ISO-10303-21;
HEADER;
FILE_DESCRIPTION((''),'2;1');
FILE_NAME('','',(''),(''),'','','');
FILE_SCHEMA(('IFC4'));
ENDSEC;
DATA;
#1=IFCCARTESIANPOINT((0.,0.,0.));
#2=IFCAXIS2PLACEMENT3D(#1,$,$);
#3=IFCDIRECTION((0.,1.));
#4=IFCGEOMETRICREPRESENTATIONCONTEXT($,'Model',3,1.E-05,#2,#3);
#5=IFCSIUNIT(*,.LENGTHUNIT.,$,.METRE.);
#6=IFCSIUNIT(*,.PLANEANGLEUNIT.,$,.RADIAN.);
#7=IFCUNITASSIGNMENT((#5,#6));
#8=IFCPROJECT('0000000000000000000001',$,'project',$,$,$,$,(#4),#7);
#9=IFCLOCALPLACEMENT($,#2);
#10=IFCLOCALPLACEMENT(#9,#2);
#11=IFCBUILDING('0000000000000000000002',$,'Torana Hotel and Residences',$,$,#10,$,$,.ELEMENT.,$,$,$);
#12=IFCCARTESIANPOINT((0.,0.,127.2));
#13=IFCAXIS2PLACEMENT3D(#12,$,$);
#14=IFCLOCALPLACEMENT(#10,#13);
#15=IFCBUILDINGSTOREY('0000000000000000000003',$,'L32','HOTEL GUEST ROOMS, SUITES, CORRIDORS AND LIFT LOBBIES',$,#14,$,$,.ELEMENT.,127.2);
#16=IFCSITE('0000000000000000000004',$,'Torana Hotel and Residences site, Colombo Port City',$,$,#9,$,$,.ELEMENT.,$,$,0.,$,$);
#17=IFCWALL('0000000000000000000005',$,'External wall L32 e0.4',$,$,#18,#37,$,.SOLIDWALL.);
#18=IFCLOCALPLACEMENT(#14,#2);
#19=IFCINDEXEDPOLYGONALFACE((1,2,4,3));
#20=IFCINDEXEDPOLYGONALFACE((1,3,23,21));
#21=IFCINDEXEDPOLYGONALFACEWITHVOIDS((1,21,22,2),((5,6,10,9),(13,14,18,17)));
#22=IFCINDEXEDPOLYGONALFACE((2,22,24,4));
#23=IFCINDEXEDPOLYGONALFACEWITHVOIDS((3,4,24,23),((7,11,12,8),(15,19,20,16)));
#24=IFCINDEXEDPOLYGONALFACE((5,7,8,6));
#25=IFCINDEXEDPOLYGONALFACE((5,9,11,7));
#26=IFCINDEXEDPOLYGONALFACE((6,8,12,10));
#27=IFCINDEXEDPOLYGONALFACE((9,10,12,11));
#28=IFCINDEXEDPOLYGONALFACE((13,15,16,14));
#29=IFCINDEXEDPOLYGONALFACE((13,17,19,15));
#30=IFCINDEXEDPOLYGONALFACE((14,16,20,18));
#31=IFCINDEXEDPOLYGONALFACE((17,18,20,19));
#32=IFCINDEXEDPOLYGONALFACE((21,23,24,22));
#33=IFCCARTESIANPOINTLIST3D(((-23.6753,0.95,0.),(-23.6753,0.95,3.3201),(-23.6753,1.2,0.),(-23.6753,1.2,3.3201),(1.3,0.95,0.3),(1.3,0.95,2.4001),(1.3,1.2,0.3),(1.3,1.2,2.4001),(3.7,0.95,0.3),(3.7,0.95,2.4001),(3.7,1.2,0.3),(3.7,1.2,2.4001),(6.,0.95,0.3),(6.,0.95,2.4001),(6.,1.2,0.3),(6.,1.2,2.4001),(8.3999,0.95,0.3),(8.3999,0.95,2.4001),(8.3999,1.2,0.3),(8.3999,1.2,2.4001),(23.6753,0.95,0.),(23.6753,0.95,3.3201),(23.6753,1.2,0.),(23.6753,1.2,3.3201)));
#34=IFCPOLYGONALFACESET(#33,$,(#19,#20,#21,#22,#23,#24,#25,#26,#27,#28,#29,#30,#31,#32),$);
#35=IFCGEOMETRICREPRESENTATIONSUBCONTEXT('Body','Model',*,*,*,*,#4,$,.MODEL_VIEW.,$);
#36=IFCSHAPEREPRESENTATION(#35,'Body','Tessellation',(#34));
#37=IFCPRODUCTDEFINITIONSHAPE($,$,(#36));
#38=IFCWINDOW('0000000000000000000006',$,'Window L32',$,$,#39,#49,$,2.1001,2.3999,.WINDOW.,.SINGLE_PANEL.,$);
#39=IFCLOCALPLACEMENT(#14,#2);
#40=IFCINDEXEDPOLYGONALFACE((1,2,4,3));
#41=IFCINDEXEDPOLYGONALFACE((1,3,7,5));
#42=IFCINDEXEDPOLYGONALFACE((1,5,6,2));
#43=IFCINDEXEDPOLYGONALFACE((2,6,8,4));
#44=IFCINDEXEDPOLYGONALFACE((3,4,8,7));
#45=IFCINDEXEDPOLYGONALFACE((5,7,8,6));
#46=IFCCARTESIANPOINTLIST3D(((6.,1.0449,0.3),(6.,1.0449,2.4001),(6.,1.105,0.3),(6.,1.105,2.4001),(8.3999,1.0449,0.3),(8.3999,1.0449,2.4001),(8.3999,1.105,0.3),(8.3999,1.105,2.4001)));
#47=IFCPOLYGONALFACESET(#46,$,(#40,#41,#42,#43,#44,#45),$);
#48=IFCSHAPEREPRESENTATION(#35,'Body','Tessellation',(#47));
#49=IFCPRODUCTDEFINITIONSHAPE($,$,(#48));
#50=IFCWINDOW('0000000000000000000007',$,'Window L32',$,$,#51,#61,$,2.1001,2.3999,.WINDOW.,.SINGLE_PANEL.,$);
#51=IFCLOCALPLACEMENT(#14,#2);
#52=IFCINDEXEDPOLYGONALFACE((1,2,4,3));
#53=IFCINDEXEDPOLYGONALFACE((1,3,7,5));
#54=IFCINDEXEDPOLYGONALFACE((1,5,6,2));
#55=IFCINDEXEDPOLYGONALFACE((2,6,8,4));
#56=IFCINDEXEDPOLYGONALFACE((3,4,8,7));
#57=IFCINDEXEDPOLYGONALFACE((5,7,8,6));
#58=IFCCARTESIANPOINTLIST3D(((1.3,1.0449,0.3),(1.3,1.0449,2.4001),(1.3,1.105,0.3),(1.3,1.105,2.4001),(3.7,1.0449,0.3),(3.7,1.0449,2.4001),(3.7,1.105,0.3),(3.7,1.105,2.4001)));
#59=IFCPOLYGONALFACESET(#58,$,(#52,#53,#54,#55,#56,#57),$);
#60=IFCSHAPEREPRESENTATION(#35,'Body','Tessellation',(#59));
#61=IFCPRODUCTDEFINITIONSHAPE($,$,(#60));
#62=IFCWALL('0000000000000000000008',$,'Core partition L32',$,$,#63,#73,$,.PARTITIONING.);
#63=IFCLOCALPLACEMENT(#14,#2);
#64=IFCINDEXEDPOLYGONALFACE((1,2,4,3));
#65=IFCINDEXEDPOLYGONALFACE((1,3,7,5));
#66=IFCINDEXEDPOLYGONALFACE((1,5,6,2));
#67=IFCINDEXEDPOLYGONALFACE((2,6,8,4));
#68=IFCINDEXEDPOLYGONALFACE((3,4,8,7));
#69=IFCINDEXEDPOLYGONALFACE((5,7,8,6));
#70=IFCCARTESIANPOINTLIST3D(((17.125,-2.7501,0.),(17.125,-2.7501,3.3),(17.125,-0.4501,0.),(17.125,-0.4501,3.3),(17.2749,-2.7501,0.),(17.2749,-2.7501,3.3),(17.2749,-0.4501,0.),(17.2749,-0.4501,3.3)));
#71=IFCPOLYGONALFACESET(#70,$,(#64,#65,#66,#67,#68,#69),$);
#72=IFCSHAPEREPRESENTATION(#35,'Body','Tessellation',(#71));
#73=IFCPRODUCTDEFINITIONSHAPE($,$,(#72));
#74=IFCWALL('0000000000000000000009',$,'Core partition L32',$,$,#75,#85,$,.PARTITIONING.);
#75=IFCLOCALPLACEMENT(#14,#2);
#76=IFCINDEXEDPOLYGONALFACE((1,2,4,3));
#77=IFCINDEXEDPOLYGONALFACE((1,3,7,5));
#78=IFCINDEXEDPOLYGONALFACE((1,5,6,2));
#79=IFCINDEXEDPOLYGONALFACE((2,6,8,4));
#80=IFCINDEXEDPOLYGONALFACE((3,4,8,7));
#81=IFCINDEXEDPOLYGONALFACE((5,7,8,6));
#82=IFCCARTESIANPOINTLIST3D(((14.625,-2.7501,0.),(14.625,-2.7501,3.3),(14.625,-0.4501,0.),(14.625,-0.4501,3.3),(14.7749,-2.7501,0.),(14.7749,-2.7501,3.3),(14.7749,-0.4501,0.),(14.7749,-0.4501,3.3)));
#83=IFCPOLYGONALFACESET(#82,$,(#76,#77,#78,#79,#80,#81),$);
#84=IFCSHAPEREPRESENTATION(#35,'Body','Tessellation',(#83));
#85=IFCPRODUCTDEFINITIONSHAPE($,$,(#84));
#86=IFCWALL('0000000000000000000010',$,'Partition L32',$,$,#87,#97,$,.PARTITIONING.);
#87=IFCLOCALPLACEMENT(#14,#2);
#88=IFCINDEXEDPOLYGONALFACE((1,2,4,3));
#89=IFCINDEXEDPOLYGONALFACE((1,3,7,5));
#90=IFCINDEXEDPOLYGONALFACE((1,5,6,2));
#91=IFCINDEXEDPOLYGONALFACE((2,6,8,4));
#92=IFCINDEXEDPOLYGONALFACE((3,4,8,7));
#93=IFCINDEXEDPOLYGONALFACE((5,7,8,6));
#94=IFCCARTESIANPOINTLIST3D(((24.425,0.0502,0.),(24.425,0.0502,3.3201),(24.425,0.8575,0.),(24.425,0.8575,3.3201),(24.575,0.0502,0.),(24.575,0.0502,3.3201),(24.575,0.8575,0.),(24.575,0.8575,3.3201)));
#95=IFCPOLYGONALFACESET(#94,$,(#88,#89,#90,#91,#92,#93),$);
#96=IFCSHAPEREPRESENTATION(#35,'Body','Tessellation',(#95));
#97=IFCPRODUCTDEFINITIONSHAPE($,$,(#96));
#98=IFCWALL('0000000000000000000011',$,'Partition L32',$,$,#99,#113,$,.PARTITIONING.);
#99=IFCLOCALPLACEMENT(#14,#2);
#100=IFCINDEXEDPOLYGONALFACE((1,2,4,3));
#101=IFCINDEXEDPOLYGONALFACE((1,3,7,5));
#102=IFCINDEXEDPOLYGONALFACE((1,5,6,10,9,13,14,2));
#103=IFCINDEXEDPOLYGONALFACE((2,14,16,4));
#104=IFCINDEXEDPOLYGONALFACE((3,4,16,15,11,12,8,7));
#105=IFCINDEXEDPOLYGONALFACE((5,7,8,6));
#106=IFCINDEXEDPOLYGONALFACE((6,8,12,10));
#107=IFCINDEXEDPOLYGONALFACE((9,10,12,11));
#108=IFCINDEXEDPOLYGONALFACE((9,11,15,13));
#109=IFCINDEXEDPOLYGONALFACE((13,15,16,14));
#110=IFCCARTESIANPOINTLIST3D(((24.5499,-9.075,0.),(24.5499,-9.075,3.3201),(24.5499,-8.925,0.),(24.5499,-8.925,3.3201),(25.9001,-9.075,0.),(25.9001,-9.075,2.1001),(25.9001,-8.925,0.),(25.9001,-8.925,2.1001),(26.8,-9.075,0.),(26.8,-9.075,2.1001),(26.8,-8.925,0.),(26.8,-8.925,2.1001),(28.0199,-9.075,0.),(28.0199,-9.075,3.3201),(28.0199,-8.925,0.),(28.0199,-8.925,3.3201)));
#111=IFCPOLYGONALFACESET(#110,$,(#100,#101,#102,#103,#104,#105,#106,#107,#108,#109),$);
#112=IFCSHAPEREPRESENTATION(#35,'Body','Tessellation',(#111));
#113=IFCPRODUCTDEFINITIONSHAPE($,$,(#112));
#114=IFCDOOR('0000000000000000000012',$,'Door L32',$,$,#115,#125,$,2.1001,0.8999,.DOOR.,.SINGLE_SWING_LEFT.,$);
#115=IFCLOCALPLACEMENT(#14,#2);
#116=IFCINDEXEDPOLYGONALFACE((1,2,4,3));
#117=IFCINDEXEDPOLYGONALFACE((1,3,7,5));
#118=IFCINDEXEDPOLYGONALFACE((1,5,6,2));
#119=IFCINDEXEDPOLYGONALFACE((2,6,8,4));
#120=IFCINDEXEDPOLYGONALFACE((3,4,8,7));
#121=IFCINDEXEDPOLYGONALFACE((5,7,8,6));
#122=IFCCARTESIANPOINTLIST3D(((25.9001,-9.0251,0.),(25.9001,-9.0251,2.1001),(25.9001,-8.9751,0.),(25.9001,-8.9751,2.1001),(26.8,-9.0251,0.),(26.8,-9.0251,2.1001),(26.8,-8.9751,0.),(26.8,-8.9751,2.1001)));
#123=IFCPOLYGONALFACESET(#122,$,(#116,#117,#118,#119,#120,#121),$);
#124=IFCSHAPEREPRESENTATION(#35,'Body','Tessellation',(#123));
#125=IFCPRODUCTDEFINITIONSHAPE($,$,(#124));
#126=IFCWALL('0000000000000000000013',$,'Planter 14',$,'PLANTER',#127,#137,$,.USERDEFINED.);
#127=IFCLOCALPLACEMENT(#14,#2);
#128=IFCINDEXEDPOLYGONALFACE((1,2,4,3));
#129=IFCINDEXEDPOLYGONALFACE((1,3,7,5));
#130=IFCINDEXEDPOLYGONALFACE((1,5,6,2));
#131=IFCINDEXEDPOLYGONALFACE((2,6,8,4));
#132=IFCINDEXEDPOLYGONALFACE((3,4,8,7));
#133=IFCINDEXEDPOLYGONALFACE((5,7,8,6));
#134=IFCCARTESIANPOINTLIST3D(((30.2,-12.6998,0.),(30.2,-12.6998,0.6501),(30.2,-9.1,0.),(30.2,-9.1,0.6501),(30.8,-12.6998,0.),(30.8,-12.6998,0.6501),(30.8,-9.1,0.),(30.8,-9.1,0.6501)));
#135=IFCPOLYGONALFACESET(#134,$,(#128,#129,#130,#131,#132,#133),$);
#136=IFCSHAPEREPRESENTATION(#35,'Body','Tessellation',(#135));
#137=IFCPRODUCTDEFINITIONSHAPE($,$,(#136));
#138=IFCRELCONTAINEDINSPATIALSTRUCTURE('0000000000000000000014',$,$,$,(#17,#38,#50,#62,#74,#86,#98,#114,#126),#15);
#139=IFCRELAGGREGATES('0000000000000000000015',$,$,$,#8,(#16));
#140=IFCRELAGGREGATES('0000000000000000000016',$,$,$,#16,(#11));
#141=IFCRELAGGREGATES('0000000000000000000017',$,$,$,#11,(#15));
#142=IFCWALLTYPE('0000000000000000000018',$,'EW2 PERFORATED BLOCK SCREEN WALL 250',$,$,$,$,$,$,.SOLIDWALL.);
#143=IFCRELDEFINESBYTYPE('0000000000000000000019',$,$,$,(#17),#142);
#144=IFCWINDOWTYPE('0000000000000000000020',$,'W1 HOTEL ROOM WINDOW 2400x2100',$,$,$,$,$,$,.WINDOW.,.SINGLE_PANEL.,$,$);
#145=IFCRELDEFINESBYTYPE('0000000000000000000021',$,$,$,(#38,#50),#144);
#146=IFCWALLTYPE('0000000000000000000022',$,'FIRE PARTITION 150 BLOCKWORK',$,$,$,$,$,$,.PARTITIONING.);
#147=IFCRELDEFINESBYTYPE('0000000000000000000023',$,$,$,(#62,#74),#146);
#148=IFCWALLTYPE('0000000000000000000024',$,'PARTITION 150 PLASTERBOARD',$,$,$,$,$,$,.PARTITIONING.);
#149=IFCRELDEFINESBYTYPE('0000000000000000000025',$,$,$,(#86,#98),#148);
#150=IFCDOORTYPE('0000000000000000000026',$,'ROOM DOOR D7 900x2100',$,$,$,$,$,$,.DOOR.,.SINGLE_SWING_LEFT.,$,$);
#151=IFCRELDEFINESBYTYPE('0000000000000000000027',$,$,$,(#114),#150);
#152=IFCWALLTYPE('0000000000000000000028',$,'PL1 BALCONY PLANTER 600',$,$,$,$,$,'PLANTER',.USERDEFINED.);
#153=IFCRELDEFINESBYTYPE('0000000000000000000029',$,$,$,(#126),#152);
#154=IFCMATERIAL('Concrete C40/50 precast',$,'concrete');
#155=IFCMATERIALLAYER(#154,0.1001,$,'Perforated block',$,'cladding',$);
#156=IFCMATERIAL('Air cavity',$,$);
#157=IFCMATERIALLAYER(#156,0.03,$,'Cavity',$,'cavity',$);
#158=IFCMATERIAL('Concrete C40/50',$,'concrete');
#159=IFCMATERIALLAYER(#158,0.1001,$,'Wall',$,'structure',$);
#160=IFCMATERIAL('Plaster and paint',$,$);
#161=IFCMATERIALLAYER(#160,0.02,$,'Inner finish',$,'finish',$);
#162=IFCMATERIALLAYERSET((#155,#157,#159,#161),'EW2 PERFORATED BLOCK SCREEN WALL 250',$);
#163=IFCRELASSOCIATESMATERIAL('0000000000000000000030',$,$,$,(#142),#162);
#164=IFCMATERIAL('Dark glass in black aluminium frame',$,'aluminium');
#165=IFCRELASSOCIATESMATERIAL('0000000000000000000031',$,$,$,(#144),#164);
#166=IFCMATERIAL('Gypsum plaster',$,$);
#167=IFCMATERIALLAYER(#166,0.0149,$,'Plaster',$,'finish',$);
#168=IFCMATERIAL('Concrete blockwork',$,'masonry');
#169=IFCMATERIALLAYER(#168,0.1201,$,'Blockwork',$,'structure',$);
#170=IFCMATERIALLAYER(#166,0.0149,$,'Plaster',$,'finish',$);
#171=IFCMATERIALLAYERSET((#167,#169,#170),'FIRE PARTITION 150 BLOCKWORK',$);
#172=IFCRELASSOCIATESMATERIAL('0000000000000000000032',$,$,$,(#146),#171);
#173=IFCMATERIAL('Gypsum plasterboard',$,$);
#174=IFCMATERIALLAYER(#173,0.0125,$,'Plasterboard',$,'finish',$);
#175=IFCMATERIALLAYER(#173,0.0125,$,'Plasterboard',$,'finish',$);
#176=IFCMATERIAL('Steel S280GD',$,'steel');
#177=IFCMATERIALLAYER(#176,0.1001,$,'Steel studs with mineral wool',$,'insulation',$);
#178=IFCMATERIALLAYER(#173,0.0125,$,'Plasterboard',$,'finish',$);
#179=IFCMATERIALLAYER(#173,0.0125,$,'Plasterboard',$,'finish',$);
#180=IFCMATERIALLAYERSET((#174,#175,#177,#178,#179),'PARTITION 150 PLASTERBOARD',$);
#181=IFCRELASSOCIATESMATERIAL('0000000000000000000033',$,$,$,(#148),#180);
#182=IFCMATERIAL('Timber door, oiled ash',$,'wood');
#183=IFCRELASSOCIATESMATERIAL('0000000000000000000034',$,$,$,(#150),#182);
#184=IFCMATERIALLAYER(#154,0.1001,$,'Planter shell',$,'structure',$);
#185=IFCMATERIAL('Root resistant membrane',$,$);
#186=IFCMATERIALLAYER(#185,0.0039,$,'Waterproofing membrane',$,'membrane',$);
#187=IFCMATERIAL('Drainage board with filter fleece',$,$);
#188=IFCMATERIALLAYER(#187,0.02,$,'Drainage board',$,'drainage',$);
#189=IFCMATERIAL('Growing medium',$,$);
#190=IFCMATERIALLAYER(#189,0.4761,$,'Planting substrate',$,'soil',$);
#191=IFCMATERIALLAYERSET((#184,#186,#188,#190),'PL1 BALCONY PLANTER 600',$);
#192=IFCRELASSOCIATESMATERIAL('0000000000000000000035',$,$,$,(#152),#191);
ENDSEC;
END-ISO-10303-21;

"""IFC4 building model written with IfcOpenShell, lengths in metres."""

from ifc_helpers import new_model, si_unit, direction, frame, frame_2d, origin, place, context, subcontext, project, spatial, rectangle, extrude, material, layer, layer_set, type_object, element, fill, save


model = new_model("IFC4")

# Units and contexts
model_context = context("Model", 3, precision=1e-05, world=origin(), true_north=direction((0.0, 1.0)))
body_context = subcontext(model_context, "Body", "Model", "MODEL_VIEW")
ifc_project = project(units=[si_unit("LENGTHUNIT", "METRE"), si_unit("PLANEANGLEUNIT", "RADIAN")], contexts=[model_context])

# Site, building, storey
site_placement = place(None, origin())
site = spatial("IfcSite", under=ifc_project, at=site_placement, Name="Torana Hotel and Residences site, Colombo Port City", CompositionType="ELEMENT", RefElevation=0.0)
building_placement = place(site_placement, origin())
building = spatial("IfcBuilding", under=site, at=building_placement, Name="Torana Hotel and Residences", CompositionType="ELEMENT")
storey_placement = place(building_placement, frame((0.0, 0.0, 127.2)))
storey = spatial("IfcBuildingStorey", under=building, at=storey_placement, Name="L32", Description="HOTEL GUEST ROOMS, SUITES, CORRIDORS AND LIFT LOBBIES", CompositionType="ELEMENT", Elevation=127.2)

# Shared definitions
ifc_material_1 = material(Name="Steel S280GD", Category="steel")

# Wall, openings, windows
ifc_material_2 = material(Name="Concrete C40/50 precast", Category="concrete")
ifc_layer_1 = layer(ifc_material_2, 0.1001, Name="Perforated block", Category="cladding")
ifc_material_3 = material(Name="Air cavity")
ifc_layer_2 = layer(ifc_material_3, 0.03, Name="Cavity", Category="cavity")
ifc_material_4 = material(Name="Concrete C40/50", Category="concrete")
ifc_layer_3 = layer(ifc_material_4, 0.1001, Name="Wall", Category="structure")
ifc_material_5 = material(Name="Plaster and paint")
ifc_layer_4 = layer(ifc_material_5, 0.02, Name="Inner finish", Category="finish")
ifc_layer_set_1 = layer_set([ifc_layer_1, ifc_layer_2, ifc_layer_3, ifc_layer_4], Name="EW2 PERFORATED BLOCK SCREEN WALL 250")
wall_type_1 = type_object("IfcWallType", Name="EW2 PERFORATED BLOCK SCREEN WALL 250", PredefinedType="SOLIDWALL", material=ifc_layer_set_1)
wall_1_placement = place(storey_placement, frame((23.6753, 1.075, 0.0), z_axis=(0.0, 0.0, 1.0), x_axis=(-1.0, 0.0, 0.0)))
wall_1 = element("IfcWall", 1, at=wall_1_placement, inside=storey, type_object=wall_type_1, Name="External wall L32 e0.4", PredefinedType="SOLIDWALL", context=body_context, shape_type="SweptSolid", body=[
    extrude(rectangle(XDim=47.3506, YDim=0.25, at=frame_2d((23.6753, 0.0))), origin(), (0.0, 0.0, 1.0), 3.3201),
])
opening_1_placement = place(wall_1_placement, frame((15.2754, 0.0, 0.3)))
opening_1 = element("IfcOpeningElement", 2, at=opening_1_placement, cuts=wall_1, PredefinedType="OPENING", context=body_context, shape_type="SweptSolid", body=[
    extrude(rectangle(XDim=2.3999, YDim=2.1001, at=frame_2d((1.2, 1.05))), frame((0.0, 0.135, 0.0), z_axis=(0.0, -1.0, 0.0), x_axis=(1.0, 0.0, 0.0)), (0.0, 0.0, 1.0), 0.27),
])
opening_2_placement = place(wall_1_placement, frame((19.9753, 0.0, 0.3)))
opening_2 = element("IfcOpeningElement", 3, at=opening_2_placement, cuts=wall_1, PredefinedType="OPENING", context=body_context, shape_type="SweptSolid", body=[
    extrude(rectangle(XDim=2.3999, YDim=2.1001, at=frame_2d((1.2, 1.05))), frame((0.0, 0.135, 0.0), z_axis=(0.0, -1.0, 0.0), x_axis=(1.0, 0.0, 0.0)), (0.0, 0.0, 1.0), 0.27),
])
ifc_material_6 = material(Name="Dark glass in black aluminium frame", Category="aluminium")
window_type = type_object("IfcWindowType", Name="W1 HOTEL ROOM WINDOW 2400x2100", PartitioningType="SINGLE_PANEL", PredefinedType="WINDOW", material=ifc_material_6)
window_1_placement = place(opening_1_placement, origin())
window_1 = element("IfcWindow", 4, at=window_1_placement, inside=storey, type_object=window_type, Name="Window L32", OverallHeight=2.1001, OverallWidth=2.3999, PartitioningType="SINGLE_PANEL", PredefinedType="WINDOW", context=body_context, shape_type="SweptSolid", body=[
    extrude(rectangle(XDim=2.3999, YDim=2.1001, at=frame_2d((1.2, 1.05))), frame((0.0, 0.03, 0.0), z_axis=(0.0, -1.0, 0.0), x_axis=(1.0, 0.0, 0.0)), (0.0, 0.0, 1.0), 0.0601),
])
fill(opening_1, window_1)
window_2_placement = place(opening_2_placement, origin())
window_2 = element("IfcWindow", 5, at=window_2_placement, inside=storey, type_object=window_type, Name="Window L32", OverallHeight=2.1001, OverallWidth=2.3999, PartitioningType="SINGLE_PANEL", PredefinedType="WINDOW", context=body_context, shape_type="SweptSolid", body=[
    extrude(rectangle(XDim=2.3999, YDim=2.1001, at=frame_2d((1.2, 1.05))), frame((0.0, 0.03, 0.0), z_axis=(0.0, -1.0, 0.0), x_axis=(1.0, 0.0, 0.0)), (0.0, 0.0, 1.0), 0.0601),
])
fill(opening_2, window_2)

# Walls
ifc_material_7 = material(Name="Gypsum plaster")
ifc_layer_5 = layer(ifc_material_7, 0.0149, Name="Plaster", Category="finish")
ifc_material_8 = material(Name="Concrete blockwork", Category="masonry")
ifc_layer_6 = layer(ifc_material_8, 0.1201, Name="Blockwork", Category="structure")
ifc_layer_7 = layer(ifc_material_7, 0.0149, Name="Plaster", Category="finish")
ifc_layer_set_2 = layer_set([ifc_layer_5, ifc_layer_6, ifc_layer_7], Name="FIRE PARTITION 150 BLOCKWORK")
wall_type_2 = type_object("IfcWallType", Name="FIRE PARTITION 150 BLOCKWORK", PredefinedType="PARTITIONING", material=ifc_layer_set_2)
for number, where, z_axis, x_axis, name in (
    (6, (17.2, -2.75, 0.0), (0.0, 0.0, 1.0), (0.0, 1.0, 0.0), "Core partition L32"),
    (7, (14.7, -2.75, 0.0), (0.0, 0.0, 1.0), (0.0, 1.0, 0.0), "Core partition L32"),
):
    element("IfcWall", number, at=place(storey_placement, frame(where, z_axis=z_axis, x_axis=x_axis)), inside=storey, type_object=wall_type_2, Name=name, PredefinedType="PARTITIONING", context=body_context, shape_type="SweptSolid", body=[
        extrude(rectangle(XDim=2.3, YDim=0.1499, at=frame_2d((1.1499, 0.0))), origin(), (0.0, 0.0, 1.0), 3.3),
    ])
ifc_material_9 = material(Name="Gypsum plasterboard")
ifc_layer_8 = layer(ifc_material_9, 0.0125, Name="Plasterboard", Category="finish")
ifc_layer_9 = layer(ifc_material_9, 0.0125, Name="Plasterboard", Category="finish")
ifc_layer_10 = layer(ifc_material_1, 0.1001, Name="Steel studs with mineral wool", Category="insulation")
ifc_layer_11 = layer(ifc_material_9, 0.0125, Name="Plasterboard", Category="finish")
ifc_layer_12 = layer(ifc_material_9, 0.0125, Name="Plasterboard", Category="finish")
ifc_layer_set_3 = layer_set([ifc_layer_8, ifc_layer_9, ifc_layer_10, ifc_layer_11, ifc_layer_12], Name="PARTITION 150 PLASTERBOARD")
wall_type_3 = type_object("IfcWallType", Name="PARTITION 150 PLASTERBOARD", PredefinedType="PARTITIONING", material=ifc_layer_set_3)
wall_2_placement = place(storey_placement, frame((24.5, 0.05, 0.0), z_axis=(0.0, 0.0, 1.0), x_axis=(0.0, 1.0, 0.0)))
element("IfcWall", 8, at=wall_2_placement, inside=storey, type_object=wall_type_3, Name="Partition L32", PredefinedType="PARTITIONING", context=body_context, shape_type="SweptSolid", body=[
    extrude(rectangle(XDim=0.8074, YDim=0.1499, at=frame_2d((0.4038, 0.0))), origin(), (0.0, 0.0, 1.0), 3.3201),
])

# Wall, opening, door
wall_3_placement = place(storey_placement, frame((24.55, -9.0, 0.0), z_axis=(0.0, 0.0, 1.0), x_axis=(1.0, 0.0, 0.0)))
wall_3 = element("IfcWall", 9, at=wall_3_placement, inside=storey, type_object=wall_type_3, Name="Partition L32", PredefinedType="PARTITIONING", context=body_context, shape_type="SweptSolid", body=[
    extrude(rectangle(XDim=3.47, YDim=0.1499, at=frame_2d((1.7349, 0.0))), origin(), (0.0, 0.0, 1.0), 3.3201),
])
opening_3_placement = place(wall_3_placement, frame((1.3501, 0.0, 0.0)))
opening_3 = element("IfcOpeningElement", 10, at=opening_3_placement, cuts=wall_3, PredefinedType="OPENING", context=body_context, shape_type="SweptSolid", body=[
    extrude(rectangle(XDim=0.8999, YDim=2.1001, at=frame_2d((0.45, 1.05))), frame((0.0, 0.085, 0.0), z_axis=(0.0, -1.0, 0.0), x_axis=(1.0, 0.0, 0.0)), (0.0, 0.0, 1.0), 0.1699),
])
ifc_material_10 = material(Name="Timber door, oiled ash", Category="wood")
door_type = type_object("IfcDoorType", Name="ROOM DOOR D7 900x2100", OperationType="SINGLE_SWING_LEFT", PredefinedType="DOOR", material=ifc_material_10)
door_placement = place(opening_3_placement, origin())
door = element("IfcDoor", 11, at=door_placement, inside=storey, type_object=door_type, Name="Door L32", OperationType="SINGLE_SWING_LEFT", OverallHeight=2.1001, OverallWidth=0.8999, PredefinedType="DOOR", context=body_context, shape_type="SweptSolid", body=[
    extrude(rectangle(XDim=0.8999, YDim=2.1001, at=frame_2d((0.45, 1.05))), frame((0.0, 0.0249, 0.0), z_axis=(0.0, -1.0, 0.0), x_axis=(1.0, 0.0, 0.0)), (0.0, 0.0, 1.0), 0.05),
])
fill(opening_3, door)

# Wall
ifc_layer_13 = layer(ifc_material_2, 0.1001, Name="Planter shell", Category="structure")
ifc_material_11 = material(Name="Root resistant membrane")
ifc_layer_14 = layer(ifc_material_11, 0.0039, Name="Waterproofing membrane", Category="membrane")
ifc_material_12 = material(Name="Drainage board with filter fleece")
ifc_layer_15 = layer(ifc_material_12, 0.02, Name="Drainage board", Category="drainage")
ifc_material_13 = material(Name="Growing medium")
ifc_layer_16 = layer(ifc_material_13, 0.4761, Name="Planting substrate", Category="soil")
ifc_layer_set_4 = layer_set([ifc_layer_13, ifc_layer_14, ifc_layer_15, ifc_layer_16], Name="PL1 BALCONY PLANTER 600")
wall_type_4 = type_object("IfcWallType", Name="PL1 BALCONY PLANTER 600", ElementType="PLANTER", PredefinedType="USERDEFINED", material=ifc_layer_set_4)
wall_4_placement = place(storey_placement, frame((30.5, -9.1001, 0.0), z_axis=(0.0, 0.0, 1.0), x_axis=(0.0, -1.0, 0.0)))
element("IfcWall", 12, at=wall_4_placement, inside=storey, type_object=wall_type_4, Name="Planter 14", ObjectType="PLANTER", PredefinedType="USERDEFINED", context=body_context, shape_type="SweptSolid", body=[
    extrude(rectangle(XDim=3.5999, YDim=0.6001, at=frame_2d((1.7998, 0.0))), origin(), (0.0, 0.0, 1.0), 0.6501),
])

save(model, "model.ifc")
